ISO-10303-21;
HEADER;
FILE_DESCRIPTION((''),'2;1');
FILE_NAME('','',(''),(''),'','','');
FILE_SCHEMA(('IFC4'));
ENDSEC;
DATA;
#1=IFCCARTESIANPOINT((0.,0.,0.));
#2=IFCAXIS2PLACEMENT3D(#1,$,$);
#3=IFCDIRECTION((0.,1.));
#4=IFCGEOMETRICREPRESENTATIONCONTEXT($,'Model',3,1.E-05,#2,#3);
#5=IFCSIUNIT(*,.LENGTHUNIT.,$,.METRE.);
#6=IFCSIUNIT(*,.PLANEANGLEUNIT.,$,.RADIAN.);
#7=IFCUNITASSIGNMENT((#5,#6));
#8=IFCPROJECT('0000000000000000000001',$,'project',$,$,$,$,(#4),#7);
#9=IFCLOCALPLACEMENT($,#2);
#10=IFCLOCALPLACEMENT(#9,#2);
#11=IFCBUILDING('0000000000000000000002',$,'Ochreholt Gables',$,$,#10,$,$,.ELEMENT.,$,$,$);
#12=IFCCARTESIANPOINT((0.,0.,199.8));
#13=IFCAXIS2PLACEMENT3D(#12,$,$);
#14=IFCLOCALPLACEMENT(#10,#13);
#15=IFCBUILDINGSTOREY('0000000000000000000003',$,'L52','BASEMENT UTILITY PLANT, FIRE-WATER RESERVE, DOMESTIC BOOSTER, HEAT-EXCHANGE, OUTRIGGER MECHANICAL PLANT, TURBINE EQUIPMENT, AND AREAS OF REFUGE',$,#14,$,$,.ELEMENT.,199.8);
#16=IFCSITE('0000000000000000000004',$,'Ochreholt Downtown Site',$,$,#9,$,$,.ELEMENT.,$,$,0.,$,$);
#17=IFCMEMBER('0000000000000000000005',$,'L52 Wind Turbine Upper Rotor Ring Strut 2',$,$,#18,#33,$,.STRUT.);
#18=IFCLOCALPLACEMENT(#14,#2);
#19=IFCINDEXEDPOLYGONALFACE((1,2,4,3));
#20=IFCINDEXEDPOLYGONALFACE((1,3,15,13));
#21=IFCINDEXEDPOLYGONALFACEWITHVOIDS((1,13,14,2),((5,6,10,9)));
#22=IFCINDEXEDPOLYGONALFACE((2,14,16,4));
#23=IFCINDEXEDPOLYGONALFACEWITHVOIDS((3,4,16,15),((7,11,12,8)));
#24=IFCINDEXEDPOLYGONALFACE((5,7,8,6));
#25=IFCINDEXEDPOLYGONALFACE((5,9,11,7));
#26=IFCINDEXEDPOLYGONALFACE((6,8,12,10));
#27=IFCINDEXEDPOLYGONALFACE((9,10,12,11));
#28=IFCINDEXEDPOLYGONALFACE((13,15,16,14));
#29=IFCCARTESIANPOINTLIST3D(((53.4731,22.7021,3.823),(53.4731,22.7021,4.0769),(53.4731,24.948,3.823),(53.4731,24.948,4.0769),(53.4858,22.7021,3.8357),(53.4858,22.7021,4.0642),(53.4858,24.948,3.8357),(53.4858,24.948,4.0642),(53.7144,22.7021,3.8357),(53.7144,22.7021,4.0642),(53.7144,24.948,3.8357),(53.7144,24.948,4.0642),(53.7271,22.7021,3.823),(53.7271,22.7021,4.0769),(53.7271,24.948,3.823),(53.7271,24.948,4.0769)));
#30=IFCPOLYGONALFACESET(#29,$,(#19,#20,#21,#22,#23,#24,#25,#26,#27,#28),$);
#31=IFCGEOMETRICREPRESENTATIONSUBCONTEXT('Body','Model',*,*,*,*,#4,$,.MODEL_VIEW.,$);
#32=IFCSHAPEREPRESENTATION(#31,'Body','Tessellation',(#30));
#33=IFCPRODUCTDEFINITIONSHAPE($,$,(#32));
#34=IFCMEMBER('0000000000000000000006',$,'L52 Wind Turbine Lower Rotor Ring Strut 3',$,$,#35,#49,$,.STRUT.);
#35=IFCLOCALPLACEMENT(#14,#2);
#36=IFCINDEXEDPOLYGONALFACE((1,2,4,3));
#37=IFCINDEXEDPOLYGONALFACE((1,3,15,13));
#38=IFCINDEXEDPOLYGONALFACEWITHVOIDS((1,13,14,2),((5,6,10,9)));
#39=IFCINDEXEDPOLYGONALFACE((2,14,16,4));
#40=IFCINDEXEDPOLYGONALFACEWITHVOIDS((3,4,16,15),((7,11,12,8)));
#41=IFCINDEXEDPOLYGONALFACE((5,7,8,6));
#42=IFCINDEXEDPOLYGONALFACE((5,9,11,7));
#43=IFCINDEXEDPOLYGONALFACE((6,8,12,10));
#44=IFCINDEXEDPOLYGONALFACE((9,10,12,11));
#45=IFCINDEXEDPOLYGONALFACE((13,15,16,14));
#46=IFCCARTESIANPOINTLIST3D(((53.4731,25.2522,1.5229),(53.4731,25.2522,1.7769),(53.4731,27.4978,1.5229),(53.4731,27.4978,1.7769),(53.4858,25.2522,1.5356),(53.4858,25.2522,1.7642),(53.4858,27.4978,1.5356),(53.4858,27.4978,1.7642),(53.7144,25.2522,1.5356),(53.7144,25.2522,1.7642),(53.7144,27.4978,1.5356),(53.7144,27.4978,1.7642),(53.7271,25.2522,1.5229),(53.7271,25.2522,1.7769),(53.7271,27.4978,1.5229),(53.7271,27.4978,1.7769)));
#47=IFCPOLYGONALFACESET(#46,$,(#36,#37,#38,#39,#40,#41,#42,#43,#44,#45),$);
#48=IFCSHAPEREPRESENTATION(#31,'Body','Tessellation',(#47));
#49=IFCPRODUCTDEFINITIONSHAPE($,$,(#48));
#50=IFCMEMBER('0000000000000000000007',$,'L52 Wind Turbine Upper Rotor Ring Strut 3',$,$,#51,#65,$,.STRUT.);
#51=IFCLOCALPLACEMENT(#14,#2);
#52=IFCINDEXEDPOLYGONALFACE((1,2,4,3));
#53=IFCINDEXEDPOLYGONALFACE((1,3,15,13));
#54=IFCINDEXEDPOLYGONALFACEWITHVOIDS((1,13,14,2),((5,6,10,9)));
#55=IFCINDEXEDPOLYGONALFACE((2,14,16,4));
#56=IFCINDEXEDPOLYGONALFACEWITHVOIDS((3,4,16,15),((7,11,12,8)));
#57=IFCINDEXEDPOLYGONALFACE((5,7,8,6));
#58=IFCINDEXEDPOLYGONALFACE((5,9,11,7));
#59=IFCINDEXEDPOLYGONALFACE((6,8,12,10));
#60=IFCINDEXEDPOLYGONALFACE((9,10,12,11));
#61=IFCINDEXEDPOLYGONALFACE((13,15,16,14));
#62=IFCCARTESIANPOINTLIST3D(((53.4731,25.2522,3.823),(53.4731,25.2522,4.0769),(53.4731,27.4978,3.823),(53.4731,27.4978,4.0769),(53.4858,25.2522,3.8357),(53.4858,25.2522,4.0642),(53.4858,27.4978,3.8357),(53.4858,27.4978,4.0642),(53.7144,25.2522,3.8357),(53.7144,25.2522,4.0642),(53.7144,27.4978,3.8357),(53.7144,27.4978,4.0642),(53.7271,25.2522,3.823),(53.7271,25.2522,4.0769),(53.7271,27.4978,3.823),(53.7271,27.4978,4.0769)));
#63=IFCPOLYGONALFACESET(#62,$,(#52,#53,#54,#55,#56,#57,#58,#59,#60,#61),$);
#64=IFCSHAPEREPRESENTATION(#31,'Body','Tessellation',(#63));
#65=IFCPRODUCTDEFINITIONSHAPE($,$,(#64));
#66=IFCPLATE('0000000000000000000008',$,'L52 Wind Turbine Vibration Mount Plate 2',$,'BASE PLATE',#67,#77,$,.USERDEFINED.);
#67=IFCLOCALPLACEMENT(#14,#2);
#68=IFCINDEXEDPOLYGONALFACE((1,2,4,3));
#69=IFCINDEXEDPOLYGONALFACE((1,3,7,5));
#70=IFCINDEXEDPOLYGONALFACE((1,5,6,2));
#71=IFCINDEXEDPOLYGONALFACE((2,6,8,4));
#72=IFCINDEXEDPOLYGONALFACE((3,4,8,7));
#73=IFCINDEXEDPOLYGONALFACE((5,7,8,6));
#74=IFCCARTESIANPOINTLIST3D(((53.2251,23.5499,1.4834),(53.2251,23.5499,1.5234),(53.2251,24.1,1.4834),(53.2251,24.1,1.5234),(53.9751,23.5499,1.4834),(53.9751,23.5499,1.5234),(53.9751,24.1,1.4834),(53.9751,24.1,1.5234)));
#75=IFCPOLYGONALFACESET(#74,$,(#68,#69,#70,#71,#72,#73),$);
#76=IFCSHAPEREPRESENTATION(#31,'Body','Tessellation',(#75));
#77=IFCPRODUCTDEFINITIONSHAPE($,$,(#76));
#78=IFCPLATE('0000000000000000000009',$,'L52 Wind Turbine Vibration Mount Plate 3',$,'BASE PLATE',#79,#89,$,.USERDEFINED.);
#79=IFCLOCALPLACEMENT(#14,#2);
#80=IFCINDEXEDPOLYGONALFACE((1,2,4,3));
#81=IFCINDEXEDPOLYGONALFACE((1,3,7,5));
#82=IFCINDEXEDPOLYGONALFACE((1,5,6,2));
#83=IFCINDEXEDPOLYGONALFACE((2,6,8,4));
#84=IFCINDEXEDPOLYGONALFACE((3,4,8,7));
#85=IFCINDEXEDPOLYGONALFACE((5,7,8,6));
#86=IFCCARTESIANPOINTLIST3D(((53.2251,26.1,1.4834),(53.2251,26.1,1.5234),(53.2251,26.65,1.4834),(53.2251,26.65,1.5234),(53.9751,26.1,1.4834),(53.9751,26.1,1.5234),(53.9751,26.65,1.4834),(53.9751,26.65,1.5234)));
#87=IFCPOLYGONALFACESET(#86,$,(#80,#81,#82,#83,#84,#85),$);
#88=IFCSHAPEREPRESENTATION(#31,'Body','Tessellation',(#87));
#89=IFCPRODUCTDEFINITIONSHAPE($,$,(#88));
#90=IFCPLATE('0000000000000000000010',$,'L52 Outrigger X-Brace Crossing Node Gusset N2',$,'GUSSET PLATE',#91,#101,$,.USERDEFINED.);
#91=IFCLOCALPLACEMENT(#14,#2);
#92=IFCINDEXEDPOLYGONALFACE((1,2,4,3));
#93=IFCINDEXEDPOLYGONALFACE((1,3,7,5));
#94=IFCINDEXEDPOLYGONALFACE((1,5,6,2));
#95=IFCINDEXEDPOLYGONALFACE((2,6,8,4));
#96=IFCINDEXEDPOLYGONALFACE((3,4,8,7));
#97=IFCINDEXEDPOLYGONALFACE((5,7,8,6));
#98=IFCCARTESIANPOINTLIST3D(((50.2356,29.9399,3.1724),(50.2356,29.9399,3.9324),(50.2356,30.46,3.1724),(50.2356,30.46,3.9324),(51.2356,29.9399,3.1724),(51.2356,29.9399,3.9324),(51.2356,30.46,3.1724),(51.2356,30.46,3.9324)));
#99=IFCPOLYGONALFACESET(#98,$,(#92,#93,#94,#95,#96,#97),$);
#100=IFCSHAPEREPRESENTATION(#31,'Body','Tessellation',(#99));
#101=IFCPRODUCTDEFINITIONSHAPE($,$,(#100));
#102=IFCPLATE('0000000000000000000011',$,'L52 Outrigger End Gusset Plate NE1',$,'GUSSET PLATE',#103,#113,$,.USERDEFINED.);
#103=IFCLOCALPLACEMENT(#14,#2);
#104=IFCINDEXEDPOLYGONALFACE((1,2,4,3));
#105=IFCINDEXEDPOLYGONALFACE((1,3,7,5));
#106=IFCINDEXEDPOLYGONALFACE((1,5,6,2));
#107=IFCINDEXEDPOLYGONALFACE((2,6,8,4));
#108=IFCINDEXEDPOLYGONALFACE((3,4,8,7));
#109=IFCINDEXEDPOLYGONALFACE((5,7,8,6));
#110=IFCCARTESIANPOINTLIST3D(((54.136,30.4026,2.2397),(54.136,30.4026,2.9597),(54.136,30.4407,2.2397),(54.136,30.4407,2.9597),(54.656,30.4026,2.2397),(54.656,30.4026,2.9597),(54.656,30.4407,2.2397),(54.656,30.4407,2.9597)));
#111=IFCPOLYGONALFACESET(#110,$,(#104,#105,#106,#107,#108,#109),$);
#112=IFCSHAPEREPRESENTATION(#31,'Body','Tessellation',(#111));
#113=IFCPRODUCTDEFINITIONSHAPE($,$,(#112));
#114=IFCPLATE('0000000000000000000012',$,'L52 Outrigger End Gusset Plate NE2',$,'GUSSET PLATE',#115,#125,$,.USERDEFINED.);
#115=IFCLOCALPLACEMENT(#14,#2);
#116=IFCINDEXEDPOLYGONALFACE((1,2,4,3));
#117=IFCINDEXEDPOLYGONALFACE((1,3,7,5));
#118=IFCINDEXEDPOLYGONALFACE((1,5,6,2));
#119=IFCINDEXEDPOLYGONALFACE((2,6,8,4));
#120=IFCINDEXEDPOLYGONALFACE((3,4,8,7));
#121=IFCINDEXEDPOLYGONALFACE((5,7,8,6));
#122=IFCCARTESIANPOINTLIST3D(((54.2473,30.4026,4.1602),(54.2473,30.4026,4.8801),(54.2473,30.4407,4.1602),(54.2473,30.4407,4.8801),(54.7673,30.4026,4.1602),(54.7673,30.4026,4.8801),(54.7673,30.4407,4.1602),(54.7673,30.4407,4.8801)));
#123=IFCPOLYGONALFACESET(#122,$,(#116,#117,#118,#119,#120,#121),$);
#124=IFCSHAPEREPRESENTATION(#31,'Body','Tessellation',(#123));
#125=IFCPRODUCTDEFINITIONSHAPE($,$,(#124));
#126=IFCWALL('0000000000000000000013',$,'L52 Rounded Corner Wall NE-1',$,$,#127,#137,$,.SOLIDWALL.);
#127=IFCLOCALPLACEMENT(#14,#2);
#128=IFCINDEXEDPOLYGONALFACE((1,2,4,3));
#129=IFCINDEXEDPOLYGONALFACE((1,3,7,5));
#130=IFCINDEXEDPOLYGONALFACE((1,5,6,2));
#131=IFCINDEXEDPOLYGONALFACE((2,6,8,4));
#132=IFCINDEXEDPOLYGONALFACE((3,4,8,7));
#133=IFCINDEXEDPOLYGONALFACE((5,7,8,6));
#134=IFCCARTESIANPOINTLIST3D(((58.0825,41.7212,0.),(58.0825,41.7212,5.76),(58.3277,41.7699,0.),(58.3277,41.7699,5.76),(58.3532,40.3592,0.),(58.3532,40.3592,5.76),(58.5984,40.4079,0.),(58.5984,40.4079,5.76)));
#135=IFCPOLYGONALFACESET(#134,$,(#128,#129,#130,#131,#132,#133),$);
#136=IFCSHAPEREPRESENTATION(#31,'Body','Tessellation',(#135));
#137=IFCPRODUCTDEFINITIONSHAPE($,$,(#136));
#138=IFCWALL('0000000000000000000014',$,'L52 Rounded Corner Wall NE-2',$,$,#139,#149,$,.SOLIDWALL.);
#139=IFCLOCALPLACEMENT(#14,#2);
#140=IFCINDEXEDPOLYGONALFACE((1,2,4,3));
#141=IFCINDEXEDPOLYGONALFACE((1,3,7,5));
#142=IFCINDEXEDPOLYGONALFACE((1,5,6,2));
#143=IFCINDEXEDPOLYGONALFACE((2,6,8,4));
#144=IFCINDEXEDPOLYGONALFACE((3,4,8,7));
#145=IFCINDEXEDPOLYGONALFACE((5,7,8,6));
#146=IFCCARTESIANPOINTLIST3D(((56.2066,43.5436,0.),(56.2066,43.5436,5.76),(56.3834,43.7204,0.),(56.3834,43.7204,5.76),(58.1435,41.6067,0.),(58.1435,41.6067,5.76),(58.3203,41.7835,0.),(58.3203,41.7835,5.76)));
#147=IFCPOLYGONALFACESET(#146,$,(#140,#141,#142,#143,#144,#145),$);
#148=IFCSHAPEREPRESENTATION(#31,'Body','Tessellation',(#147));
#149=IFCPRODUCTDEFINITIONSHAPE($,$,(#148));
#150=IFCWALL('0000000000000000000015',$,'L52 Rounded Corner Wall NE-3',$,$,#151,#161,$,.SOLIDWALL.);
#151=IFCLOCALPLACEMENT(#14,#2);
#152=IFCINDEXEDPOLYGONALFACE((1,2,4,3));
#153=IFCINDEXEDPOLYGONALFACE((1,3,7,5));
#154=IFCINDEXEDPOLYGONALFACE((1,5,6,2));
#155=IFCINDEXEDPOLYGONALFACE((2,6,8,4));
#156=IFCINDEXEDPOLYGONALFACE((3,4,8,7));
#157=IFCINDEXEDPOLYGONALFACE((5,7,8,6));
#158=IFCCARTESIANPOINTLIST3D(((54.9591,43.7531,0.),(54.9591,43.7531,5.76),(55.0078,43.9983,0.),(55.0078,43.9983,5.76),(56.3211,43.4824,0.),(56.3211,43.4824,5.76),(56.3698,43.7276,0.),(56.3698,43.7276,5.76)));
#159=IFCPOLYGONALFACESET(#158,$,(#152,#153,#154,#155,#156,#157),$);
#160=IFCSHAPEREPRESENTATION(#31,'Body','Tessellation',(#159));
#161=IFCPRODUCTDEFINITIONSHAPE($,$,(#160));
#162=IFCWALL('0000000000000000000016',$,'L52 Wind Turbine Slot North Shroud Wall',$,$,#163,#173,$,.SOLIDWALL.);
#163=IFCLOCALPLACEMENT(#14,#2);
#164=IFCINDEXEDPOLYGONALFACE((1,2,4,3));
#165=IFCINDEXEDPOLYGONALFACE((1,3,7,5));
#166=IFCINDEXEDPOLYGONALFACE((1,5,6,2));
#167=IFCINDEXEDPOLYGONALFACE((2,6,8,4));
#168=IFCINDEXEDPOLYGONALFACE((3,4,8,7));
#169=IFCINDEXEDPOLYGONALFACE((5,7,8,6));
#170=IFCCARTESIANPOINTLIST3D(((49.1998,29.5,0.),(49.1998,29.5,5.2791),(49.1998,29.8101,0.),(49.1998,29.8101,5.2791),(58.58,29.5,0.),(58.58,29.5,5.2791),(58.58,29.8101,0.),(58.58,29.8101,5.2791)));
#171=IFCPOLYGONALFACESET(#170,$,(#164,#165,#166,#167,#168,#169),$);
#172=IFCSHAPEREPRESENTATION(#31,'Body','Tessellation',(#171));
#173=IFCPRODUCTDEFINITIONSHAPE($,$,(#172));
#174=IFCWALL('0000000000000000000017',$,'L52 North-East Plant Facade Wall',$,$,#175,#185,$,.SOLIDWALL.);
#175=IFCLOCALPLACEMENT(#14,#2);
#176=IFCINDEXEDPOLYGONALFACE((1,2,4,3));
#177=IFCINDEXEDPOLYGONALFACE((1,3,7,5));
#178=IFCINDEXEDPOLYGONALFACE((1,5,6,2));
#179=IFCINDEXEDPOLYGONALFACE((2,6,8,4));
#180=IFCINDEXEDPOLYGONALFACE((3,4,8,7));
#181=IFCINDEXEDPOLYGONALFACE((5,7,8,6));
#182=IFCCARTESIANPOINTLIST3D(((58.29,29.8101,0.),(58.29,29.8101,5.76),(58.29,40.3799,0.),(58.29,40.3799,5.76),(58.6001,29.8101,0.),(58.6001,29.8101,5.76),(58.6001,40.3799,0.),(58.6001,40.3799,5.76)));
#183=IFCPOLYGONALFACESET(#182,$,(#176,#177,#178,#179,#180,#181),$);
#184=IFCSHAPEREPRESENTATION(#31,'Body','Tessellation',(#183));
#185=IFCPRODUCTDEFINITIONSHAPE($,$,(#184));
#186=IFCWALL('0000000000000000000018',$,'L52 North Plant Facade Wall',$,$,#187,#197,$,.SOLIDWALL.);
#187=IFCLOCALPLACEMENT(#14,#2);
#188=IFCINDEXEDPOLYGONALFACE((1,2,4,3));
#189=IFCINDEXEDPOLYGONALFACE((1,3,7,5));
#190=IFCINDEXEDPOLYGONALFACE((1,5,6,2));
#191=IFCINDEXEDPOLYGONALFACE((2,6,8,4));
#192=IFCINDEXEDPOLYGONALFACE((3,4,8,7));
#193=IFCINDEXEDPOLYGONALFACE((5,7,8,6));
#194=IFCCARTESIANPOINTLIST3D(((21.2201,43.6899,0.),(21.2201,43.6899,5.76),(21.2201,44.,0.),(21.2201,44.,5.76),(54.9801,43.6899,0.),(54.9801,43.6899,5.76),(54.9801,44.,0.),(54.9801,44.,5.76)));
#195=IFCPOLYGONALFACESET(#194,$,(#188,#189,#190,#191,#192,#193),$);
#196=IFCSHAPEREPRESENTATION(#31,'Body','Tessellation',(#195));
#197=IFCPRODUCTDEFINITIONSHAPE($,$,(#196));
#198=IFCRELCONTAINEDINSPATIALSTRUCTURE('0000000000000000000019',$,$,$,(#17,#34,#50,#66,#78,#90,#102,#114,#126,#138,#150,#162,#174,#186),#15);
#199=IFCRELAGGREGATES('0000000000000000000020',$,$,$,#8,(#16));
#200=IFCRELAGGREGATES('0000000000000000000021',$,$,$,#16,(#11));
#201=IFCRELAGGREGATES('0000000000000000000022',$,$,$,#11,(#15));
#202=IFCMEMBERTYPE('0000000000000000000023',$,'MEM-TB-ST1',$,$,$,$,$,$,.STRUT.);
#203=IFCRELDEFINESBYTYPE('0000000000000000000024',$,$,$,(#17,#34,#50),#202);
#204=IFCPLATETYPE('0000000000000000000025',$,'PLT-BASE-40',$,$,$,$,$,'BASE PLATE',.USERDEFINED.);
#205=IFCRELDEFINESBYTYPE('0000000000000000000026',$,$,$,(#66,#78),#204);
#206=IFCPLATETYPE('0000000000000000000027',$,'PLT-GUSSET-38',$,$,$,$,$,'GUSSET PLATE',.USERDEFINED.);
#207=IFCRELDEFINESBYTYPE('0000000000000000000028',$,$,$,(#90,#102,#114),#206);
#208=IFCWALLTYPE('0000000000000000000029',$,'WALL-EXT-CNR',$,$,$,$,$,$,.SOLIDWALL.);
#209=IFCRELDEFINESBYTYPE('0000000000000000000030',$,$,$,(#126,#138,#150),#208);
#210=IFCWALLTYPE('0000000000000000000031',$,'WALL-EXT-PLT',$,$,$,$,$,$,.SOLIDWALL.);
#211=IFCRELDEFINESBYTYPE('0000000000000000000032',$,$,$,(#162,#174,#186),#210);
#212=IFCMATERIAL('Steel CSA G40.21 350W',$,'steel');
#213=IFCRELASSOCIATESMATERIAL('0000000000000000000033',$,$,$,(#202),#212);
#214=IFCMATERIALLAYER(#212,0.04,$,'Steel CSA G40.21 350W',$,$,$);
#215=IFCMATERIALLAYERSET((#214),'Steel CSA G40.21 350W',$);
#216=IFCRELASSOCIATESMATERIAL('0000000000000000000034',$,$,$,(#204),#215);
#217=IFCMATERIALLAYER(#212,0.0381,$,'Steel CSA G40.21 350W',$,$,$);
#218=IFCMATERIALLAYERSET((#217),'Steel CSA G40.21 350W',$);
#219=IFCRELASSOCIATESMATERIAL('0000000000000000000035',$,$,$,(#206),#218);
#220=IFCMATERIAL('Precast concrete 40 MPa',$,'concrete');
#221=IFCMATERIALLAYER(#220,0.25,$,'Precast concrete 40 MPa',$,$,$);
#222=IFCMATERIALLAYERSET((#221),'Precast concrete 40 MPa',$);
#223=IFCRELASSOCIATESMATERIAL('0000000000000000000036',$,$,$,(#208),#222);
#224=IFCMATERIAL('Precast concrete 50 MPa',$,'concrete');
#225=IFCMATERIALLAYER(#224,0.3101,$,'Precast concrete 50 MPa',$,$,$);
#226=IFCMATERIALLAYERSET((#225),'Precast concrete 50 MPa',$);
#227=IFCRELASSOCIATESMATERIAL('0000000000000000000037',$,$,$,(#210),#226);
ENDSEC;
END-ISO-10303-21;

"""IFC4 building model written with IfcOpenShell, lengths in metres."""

from ifc_helpers import new_model, si_unit, direction, frame, frame_2d, origin, origin_2d, place, context, subcontext, project, spatial, rectangle, hollow_rectangle, extrude, material, layer, layer_set, material_profile, profile_set, type_object, element, save


model = new_model("IFC4")

# Units and contexts
model_context = context("Model", 3, precision=1e-05, world=origin(), true_north=direction((0.0, 1.0)))
body_context = subcontext(model_context, "Body", "Model", "MODEL_VIEW")
ifc_project = project(units=[si_unit("LENGTHUNIT", "METRE"), si_unit("PLANEANGLEUNIT", "RADIAN")], contexts=[model_context])

# Site, building, storey
site_placement = place(None, origin())
site = spatial("IfcSite", under=ifc_project, at=site_placement, Name="Ochreholt Downtown Site", CompositionType="ELEMENT", RefElevation=0.0)
building_placement = place(site_placement, origin())
building = spatial("IfcBuilding", under=site, at=building_placement, Name="Ochreholt Gables", CompositionType="ELEMENT")
storey_placement = place(building_placement, frame((0.0, 0.0, 199.8)))
storey = spatial("IfcBuildingStorey", under=building, at=storey_placement, Name="L52", Description="BASEMENT UTILITY PLANT, FIRE-WATER RESERVE, DOMESTIC BOOSTER, HEAT-EXCHANGE, OUTRIGGER MECHANICAL PLANT, TURBINE EQUIPMENT, AND AREAS OF REFUGE", CompositionType="ELEMENT", Elevation=199.8)

# Shared definitions
ifc_material_1 = material(Name="Steel CSA G40.21 350W", Category="steel")

# Members
ifc_material_profile_1 = material_profile(ifc_material_1, hollow_rectangle(XDim=0.2539, YDim=0.2539, WallThickness=0.0127, at=origin_2d()), Name="HSS254X254X13")
ifc_profile_set_1 = profile_set([ifc_material_profile_1], Name="Steel CSA G40.21 350W")
member_type_1 = type_object("IfcMemberType", Name="MEM-TB-ST1", PredefinedType="STRUT", material=ifc_profile_set_1)
member_1_placement = place(storey_placement, frame((53.6001, 22.7021, 3.95), z_axis=(0.0, 1.0, 0.0), x_axis=(-1.0, 0.0, 0.0)))
element("IfcMember", 1, at=member_1_placement, inside=storey, type_object=member_type_1, Name="L52 Wind Turbine Upper Rotor Ring Strut 2", PredefinedType="STRUT", context=body_context, shape_type="SweptSolid", body=[
    extrude(hollow_rectangle(XDim=0.2539, YDim=0.2539, WallThickness=0.0127, at=origin_2d()), origin(), (0.0, 0.0, 1.0), 2.2458),
])
for number, where, z_axis, x_axis, name in (
    (2, (53.6001, 25.2522, 1.6499), (0.0, 1.0, 0.0), (-1.0, 0.0, 0.0), "L52 Wind Turbine Lower Rotor Ring Strut 3"),
    (3, (53.6001, 25.2522, 3.95), (0.0, 1.0, 0.0), (-1.0, 0.0, 0.0), "L52 Wind Turbine Upper Rotor Ring Strut 3"),
):
    element("IfcMember", number, at=place(storey_placement, frame(where, z_axis=z_axis, x_axis=x_axis)), inside=storey, type_object=member_type_1, Name=name, PredefinedType="STRUT", context=body_context, shape_type="SweptSolid", body=[
        extrude(hollow_rectangle(XDim=0.2539, YDim=0.2539, WallThickness=0.0127, at=origin_2d()), origin(), (0.0, 0.0, 1.0), 2.2456),
    ])

# Plates
ifc_layer_1 = layer(ifc_material_1, 0.04, Name="Steel CSA G40.21 350W")
ifc_layer_set_1 = layer_set([ifc_layer_1], Name="Steel CSA G40.21 350W")
plate_type_1 = type_object("IfcPlateType", Name="PLT-BASE-40", ElementType="BASE PLATE", PredefinedType="USERDEFINED", material=ifc_layer_set_1)
for number, where, z_axis, x_axis, name in (
    (4, (53.6001, 23.825, 1.4834), (0.0, 0.0, 1.0), (1.0, 0.0, 0.0), "L52 Wind Turbine Vibration Mount Plate 2"),
    (5, (53.6001, 26.375, 1.4834), (0.0, 0.0, 1.0), (1.0, 0.0, 0.0), "L52 Wind Turbine Vibration Mount Plate 3"),
):
    element("IfcPlate", number, at=place(storey_placement, frame(where, z_axis=z_axis, x_axis=x_axis)), inside=storey, type_object=plate_type_1, Name=name, ObjectType="BASE PLATE", PredefinedType="USERDEFINED", context=body_context, shape_type="SweptSolid", body=[
        extrude(rectangle(XDim=0.75, YDim=0.55, at=origin_2d()), origin(), (0.0, 0.0, 1.0), 0.04),
    ])
ifc_layer_2 = layer(ifc_material_1, 0.0381, Name="Steel CSA G40.21 350W")
ifc_layer_set_2 = layer_set([ifc_layer_2], Name="Steel CSA G40.21 350W")
plate_type_2 = type_object("IfcPlateType", Name="PLT-GUSSET-38", ElementType="GUSSET PLATE", PredefinedType="USERDEFINED", material=ifc_layer_set_2)
plate_placement = place(storey_placement, frame((50.7356, 30.2, 3.1724), z_axis=(0.0, 0.0, 1.0), x_axis=(1.0, 0.0, 0.0)))
element("IfcPlate", 6, at=plate_placement, inside=storey, type_object=plate_type_2, Name="L52 Outrigger X-Brace Crossing Node Gusset N2", ObjectType="GUSSET PLATE", PredefinedType="USERDEFINED", context=body_context, shape_type="SweptSolid", body=[
    extrude(rectangle(XDim=1.0, YDim=0.52, at=origin_2d()), origin(), (0.0, 0.0, 1.0), 0.76),
])
for number, where, z_axis, x_axis, name in (
    (7, (54.396, 30.4216, 2.2397), (0.0, 0.0, 1.0), (1.0, 0.0, 0.0), "L52 Outrigger End Gusset Plate NE1"),
    (8, (54.5073, 30.4216, 4.1602), (0.0, 0.0, 1.0), (1.0, 0.0, 0.0), "L52 Outrigger End Gusset Plate NE2"),
):
    element("IfcPlate", number, at=place(storey_placement, frame(where, z_axis=z_axis, x_axis=x_axis)), inside=storey, type_object=plate_type_2, Name=name, ObjectType="GUSSET PLATE", PredefinedType="USERDEFINED", context=body_context, shape_type="SweptSolid", body=[
        extrude(rectangle(XDim=0.52, YDim=0.0381, at=origin_2d()), origin(), (0.0, 0.0, 1.0), 0.72),
    ])

# Walls
ifc_material_2 = material(Name="Precast concrete 40 MPa", Category="concrete")
ifc_layer_3 = layer(ifc_material_2, 0.25, Name="Precast concrete 40 MPa")
ifc_layer_set_3 = layer_set([ifc_layer_3], Name="Precast concrete 40 MPa")
wall_type_1 = type_object("IfcWallType", Name="WALL-EXT-CNR", PredefinedType="SOLIDWALL", material=ifc_layer_set_3)
wall_1_placement = place(storey_placement, frame((58.4758, 40.3835, 0.0), z_axis=(0.0, 0.0, 1.0), x_axis=(-0.194967, 0.98081, 0.0)))
element("IfcWall", 9, at=wall_1_placement, inside=storey, type_object=wall_type_1, Name="L52 Rounded Corner Wall NE-1", PredefinedType="SOLIDWALL", context=body_context, shape_type="SweptSolid", body=[
    extrude(rectangle(XDim=1.3887, YDim=0.25, at=frame_2d((0.6943, 0.0))), origin(), (0.0, 0.0, 1.0), 5.76),
])
wall_2_placement = place(storey_placement, frame((58.2319, 41.6951, 0.0), z_axis=(0.0, 0.0, 1.0), x_axis=(-0.707107, 0.707107, 0.0)))
element("IfcWall", 10, at=wall_2_placement, inside=storey, type_object=wall_type_1, Name="L52 Rounded Corner Wall NE-2", PredefinedType="SOLIDWALL", context=body_context, shape_type="SweptSolid", body=[
    extrude(rectangle(XDim=2.7393, YDim=0.25, at=frame_2d((1.3696, 0.0))), origin(), (0.0, 0.0, 1.0), 5.76),
])
wall_3_placement = place(storey_placement, frame((56.3455, 43.605, 0.0), z_axis=(0.0, 0.0, 1.0), x_axis=(-0.98081, 0.194967, 0.0)))
element("IfcWall", 11, at=wall_3_placement, inside=storey, type_object=wall_type_1, Name="L52 Rounded Corner Wall NE-3", PredefinedType="SOLIDWALL", context=body_context, shape_type="SweptSolid", body=[
    extrude(rectangle(XDim=1.3887, YDim=0.25, at=frame_2d((0.6943, 0.0))), origin(), (0.0, 0.0, 1.0), 5.76),
])
ifc_material_3 = material(Name="Precast concrete 50 MPa", Category="concrete")
ifc_layer_4 = layer(ifc_material_3, 0.3101, Name="Precast concrete 50 MPa")
ifc_layer_set_4 = layer_set([ifc_layer_4], Name="Precast concrete 50 MPa")
wall_type_2 = type_object("IfcWallType", Name="WALL-EXT-PLT", PredefinedType="SOLIDWALL", material=ifc_layer_set_4)
wall_4_placement = place(storey_placement, frame((49.2, 29.655, 0.0), z_axis=(0.0, 0.0, 1.0), x_axis=(1.0, 0.0, 0.0)))
element("IfcWall", 12, at=wall_4_placement, inside=storey, type_object=wall_type_2, Name="L52 Wind Turbine Slot North Shroud Wall", PredefinedType="SOLIDWALL", context=body_context, shape_type="SweptSolid", body=[
    extrude(rectangle(XDim=9.3801, YDim=0.3101, at=frame_2d((4.6899, 0.0))), origin(), (0.0, 0.0, 1.0), 5.2791),
])
wall_5_placement = place(storey_placement, frame((58.4451, 29.8101, 0.0), z_axis=(0.0, 0.0, 1.0), x_axis=(0.0, 1.0, 0.0)))
element("IfcWall", 13, at=wall_5_placement, inside=storey, type_object=wall_type_2, Name="L52 North-East Plant Facade Wall", PredefinedType="SOLIDWALL", context=body_context, shape_type="SweptSolid", body=[
    extrude(rectangle(XDim=10.5698, YDim=0.3101, at=frame_2d((5.2849, 0.0))), origin(), (0.0, 0.0, 1.0), 5.76),
])
wall_6_placement = place(storey_placement, frame((54.98, 43.845, 0.0), z_axis=(0.0, 0.0, 1.0), x_axis=(-1.0, 0.0, 0.0)))
element("IfcWall", 14, at=wall_6_placement, inside=storey, type_object=wall_type_2, Name="L52 North Plant Facade Wall", PredefinedType="SOLIDWALL", context=body_context, shape_type="SweptSolid", body=[
    extrude(rectangle(XDim=33.76, YDim=0.3101, at=frame_2d((16.8799, 0.0))), origin(), (0.0, 0.0, 1.0), 5.76),
])

save(model, "model.ifc")
